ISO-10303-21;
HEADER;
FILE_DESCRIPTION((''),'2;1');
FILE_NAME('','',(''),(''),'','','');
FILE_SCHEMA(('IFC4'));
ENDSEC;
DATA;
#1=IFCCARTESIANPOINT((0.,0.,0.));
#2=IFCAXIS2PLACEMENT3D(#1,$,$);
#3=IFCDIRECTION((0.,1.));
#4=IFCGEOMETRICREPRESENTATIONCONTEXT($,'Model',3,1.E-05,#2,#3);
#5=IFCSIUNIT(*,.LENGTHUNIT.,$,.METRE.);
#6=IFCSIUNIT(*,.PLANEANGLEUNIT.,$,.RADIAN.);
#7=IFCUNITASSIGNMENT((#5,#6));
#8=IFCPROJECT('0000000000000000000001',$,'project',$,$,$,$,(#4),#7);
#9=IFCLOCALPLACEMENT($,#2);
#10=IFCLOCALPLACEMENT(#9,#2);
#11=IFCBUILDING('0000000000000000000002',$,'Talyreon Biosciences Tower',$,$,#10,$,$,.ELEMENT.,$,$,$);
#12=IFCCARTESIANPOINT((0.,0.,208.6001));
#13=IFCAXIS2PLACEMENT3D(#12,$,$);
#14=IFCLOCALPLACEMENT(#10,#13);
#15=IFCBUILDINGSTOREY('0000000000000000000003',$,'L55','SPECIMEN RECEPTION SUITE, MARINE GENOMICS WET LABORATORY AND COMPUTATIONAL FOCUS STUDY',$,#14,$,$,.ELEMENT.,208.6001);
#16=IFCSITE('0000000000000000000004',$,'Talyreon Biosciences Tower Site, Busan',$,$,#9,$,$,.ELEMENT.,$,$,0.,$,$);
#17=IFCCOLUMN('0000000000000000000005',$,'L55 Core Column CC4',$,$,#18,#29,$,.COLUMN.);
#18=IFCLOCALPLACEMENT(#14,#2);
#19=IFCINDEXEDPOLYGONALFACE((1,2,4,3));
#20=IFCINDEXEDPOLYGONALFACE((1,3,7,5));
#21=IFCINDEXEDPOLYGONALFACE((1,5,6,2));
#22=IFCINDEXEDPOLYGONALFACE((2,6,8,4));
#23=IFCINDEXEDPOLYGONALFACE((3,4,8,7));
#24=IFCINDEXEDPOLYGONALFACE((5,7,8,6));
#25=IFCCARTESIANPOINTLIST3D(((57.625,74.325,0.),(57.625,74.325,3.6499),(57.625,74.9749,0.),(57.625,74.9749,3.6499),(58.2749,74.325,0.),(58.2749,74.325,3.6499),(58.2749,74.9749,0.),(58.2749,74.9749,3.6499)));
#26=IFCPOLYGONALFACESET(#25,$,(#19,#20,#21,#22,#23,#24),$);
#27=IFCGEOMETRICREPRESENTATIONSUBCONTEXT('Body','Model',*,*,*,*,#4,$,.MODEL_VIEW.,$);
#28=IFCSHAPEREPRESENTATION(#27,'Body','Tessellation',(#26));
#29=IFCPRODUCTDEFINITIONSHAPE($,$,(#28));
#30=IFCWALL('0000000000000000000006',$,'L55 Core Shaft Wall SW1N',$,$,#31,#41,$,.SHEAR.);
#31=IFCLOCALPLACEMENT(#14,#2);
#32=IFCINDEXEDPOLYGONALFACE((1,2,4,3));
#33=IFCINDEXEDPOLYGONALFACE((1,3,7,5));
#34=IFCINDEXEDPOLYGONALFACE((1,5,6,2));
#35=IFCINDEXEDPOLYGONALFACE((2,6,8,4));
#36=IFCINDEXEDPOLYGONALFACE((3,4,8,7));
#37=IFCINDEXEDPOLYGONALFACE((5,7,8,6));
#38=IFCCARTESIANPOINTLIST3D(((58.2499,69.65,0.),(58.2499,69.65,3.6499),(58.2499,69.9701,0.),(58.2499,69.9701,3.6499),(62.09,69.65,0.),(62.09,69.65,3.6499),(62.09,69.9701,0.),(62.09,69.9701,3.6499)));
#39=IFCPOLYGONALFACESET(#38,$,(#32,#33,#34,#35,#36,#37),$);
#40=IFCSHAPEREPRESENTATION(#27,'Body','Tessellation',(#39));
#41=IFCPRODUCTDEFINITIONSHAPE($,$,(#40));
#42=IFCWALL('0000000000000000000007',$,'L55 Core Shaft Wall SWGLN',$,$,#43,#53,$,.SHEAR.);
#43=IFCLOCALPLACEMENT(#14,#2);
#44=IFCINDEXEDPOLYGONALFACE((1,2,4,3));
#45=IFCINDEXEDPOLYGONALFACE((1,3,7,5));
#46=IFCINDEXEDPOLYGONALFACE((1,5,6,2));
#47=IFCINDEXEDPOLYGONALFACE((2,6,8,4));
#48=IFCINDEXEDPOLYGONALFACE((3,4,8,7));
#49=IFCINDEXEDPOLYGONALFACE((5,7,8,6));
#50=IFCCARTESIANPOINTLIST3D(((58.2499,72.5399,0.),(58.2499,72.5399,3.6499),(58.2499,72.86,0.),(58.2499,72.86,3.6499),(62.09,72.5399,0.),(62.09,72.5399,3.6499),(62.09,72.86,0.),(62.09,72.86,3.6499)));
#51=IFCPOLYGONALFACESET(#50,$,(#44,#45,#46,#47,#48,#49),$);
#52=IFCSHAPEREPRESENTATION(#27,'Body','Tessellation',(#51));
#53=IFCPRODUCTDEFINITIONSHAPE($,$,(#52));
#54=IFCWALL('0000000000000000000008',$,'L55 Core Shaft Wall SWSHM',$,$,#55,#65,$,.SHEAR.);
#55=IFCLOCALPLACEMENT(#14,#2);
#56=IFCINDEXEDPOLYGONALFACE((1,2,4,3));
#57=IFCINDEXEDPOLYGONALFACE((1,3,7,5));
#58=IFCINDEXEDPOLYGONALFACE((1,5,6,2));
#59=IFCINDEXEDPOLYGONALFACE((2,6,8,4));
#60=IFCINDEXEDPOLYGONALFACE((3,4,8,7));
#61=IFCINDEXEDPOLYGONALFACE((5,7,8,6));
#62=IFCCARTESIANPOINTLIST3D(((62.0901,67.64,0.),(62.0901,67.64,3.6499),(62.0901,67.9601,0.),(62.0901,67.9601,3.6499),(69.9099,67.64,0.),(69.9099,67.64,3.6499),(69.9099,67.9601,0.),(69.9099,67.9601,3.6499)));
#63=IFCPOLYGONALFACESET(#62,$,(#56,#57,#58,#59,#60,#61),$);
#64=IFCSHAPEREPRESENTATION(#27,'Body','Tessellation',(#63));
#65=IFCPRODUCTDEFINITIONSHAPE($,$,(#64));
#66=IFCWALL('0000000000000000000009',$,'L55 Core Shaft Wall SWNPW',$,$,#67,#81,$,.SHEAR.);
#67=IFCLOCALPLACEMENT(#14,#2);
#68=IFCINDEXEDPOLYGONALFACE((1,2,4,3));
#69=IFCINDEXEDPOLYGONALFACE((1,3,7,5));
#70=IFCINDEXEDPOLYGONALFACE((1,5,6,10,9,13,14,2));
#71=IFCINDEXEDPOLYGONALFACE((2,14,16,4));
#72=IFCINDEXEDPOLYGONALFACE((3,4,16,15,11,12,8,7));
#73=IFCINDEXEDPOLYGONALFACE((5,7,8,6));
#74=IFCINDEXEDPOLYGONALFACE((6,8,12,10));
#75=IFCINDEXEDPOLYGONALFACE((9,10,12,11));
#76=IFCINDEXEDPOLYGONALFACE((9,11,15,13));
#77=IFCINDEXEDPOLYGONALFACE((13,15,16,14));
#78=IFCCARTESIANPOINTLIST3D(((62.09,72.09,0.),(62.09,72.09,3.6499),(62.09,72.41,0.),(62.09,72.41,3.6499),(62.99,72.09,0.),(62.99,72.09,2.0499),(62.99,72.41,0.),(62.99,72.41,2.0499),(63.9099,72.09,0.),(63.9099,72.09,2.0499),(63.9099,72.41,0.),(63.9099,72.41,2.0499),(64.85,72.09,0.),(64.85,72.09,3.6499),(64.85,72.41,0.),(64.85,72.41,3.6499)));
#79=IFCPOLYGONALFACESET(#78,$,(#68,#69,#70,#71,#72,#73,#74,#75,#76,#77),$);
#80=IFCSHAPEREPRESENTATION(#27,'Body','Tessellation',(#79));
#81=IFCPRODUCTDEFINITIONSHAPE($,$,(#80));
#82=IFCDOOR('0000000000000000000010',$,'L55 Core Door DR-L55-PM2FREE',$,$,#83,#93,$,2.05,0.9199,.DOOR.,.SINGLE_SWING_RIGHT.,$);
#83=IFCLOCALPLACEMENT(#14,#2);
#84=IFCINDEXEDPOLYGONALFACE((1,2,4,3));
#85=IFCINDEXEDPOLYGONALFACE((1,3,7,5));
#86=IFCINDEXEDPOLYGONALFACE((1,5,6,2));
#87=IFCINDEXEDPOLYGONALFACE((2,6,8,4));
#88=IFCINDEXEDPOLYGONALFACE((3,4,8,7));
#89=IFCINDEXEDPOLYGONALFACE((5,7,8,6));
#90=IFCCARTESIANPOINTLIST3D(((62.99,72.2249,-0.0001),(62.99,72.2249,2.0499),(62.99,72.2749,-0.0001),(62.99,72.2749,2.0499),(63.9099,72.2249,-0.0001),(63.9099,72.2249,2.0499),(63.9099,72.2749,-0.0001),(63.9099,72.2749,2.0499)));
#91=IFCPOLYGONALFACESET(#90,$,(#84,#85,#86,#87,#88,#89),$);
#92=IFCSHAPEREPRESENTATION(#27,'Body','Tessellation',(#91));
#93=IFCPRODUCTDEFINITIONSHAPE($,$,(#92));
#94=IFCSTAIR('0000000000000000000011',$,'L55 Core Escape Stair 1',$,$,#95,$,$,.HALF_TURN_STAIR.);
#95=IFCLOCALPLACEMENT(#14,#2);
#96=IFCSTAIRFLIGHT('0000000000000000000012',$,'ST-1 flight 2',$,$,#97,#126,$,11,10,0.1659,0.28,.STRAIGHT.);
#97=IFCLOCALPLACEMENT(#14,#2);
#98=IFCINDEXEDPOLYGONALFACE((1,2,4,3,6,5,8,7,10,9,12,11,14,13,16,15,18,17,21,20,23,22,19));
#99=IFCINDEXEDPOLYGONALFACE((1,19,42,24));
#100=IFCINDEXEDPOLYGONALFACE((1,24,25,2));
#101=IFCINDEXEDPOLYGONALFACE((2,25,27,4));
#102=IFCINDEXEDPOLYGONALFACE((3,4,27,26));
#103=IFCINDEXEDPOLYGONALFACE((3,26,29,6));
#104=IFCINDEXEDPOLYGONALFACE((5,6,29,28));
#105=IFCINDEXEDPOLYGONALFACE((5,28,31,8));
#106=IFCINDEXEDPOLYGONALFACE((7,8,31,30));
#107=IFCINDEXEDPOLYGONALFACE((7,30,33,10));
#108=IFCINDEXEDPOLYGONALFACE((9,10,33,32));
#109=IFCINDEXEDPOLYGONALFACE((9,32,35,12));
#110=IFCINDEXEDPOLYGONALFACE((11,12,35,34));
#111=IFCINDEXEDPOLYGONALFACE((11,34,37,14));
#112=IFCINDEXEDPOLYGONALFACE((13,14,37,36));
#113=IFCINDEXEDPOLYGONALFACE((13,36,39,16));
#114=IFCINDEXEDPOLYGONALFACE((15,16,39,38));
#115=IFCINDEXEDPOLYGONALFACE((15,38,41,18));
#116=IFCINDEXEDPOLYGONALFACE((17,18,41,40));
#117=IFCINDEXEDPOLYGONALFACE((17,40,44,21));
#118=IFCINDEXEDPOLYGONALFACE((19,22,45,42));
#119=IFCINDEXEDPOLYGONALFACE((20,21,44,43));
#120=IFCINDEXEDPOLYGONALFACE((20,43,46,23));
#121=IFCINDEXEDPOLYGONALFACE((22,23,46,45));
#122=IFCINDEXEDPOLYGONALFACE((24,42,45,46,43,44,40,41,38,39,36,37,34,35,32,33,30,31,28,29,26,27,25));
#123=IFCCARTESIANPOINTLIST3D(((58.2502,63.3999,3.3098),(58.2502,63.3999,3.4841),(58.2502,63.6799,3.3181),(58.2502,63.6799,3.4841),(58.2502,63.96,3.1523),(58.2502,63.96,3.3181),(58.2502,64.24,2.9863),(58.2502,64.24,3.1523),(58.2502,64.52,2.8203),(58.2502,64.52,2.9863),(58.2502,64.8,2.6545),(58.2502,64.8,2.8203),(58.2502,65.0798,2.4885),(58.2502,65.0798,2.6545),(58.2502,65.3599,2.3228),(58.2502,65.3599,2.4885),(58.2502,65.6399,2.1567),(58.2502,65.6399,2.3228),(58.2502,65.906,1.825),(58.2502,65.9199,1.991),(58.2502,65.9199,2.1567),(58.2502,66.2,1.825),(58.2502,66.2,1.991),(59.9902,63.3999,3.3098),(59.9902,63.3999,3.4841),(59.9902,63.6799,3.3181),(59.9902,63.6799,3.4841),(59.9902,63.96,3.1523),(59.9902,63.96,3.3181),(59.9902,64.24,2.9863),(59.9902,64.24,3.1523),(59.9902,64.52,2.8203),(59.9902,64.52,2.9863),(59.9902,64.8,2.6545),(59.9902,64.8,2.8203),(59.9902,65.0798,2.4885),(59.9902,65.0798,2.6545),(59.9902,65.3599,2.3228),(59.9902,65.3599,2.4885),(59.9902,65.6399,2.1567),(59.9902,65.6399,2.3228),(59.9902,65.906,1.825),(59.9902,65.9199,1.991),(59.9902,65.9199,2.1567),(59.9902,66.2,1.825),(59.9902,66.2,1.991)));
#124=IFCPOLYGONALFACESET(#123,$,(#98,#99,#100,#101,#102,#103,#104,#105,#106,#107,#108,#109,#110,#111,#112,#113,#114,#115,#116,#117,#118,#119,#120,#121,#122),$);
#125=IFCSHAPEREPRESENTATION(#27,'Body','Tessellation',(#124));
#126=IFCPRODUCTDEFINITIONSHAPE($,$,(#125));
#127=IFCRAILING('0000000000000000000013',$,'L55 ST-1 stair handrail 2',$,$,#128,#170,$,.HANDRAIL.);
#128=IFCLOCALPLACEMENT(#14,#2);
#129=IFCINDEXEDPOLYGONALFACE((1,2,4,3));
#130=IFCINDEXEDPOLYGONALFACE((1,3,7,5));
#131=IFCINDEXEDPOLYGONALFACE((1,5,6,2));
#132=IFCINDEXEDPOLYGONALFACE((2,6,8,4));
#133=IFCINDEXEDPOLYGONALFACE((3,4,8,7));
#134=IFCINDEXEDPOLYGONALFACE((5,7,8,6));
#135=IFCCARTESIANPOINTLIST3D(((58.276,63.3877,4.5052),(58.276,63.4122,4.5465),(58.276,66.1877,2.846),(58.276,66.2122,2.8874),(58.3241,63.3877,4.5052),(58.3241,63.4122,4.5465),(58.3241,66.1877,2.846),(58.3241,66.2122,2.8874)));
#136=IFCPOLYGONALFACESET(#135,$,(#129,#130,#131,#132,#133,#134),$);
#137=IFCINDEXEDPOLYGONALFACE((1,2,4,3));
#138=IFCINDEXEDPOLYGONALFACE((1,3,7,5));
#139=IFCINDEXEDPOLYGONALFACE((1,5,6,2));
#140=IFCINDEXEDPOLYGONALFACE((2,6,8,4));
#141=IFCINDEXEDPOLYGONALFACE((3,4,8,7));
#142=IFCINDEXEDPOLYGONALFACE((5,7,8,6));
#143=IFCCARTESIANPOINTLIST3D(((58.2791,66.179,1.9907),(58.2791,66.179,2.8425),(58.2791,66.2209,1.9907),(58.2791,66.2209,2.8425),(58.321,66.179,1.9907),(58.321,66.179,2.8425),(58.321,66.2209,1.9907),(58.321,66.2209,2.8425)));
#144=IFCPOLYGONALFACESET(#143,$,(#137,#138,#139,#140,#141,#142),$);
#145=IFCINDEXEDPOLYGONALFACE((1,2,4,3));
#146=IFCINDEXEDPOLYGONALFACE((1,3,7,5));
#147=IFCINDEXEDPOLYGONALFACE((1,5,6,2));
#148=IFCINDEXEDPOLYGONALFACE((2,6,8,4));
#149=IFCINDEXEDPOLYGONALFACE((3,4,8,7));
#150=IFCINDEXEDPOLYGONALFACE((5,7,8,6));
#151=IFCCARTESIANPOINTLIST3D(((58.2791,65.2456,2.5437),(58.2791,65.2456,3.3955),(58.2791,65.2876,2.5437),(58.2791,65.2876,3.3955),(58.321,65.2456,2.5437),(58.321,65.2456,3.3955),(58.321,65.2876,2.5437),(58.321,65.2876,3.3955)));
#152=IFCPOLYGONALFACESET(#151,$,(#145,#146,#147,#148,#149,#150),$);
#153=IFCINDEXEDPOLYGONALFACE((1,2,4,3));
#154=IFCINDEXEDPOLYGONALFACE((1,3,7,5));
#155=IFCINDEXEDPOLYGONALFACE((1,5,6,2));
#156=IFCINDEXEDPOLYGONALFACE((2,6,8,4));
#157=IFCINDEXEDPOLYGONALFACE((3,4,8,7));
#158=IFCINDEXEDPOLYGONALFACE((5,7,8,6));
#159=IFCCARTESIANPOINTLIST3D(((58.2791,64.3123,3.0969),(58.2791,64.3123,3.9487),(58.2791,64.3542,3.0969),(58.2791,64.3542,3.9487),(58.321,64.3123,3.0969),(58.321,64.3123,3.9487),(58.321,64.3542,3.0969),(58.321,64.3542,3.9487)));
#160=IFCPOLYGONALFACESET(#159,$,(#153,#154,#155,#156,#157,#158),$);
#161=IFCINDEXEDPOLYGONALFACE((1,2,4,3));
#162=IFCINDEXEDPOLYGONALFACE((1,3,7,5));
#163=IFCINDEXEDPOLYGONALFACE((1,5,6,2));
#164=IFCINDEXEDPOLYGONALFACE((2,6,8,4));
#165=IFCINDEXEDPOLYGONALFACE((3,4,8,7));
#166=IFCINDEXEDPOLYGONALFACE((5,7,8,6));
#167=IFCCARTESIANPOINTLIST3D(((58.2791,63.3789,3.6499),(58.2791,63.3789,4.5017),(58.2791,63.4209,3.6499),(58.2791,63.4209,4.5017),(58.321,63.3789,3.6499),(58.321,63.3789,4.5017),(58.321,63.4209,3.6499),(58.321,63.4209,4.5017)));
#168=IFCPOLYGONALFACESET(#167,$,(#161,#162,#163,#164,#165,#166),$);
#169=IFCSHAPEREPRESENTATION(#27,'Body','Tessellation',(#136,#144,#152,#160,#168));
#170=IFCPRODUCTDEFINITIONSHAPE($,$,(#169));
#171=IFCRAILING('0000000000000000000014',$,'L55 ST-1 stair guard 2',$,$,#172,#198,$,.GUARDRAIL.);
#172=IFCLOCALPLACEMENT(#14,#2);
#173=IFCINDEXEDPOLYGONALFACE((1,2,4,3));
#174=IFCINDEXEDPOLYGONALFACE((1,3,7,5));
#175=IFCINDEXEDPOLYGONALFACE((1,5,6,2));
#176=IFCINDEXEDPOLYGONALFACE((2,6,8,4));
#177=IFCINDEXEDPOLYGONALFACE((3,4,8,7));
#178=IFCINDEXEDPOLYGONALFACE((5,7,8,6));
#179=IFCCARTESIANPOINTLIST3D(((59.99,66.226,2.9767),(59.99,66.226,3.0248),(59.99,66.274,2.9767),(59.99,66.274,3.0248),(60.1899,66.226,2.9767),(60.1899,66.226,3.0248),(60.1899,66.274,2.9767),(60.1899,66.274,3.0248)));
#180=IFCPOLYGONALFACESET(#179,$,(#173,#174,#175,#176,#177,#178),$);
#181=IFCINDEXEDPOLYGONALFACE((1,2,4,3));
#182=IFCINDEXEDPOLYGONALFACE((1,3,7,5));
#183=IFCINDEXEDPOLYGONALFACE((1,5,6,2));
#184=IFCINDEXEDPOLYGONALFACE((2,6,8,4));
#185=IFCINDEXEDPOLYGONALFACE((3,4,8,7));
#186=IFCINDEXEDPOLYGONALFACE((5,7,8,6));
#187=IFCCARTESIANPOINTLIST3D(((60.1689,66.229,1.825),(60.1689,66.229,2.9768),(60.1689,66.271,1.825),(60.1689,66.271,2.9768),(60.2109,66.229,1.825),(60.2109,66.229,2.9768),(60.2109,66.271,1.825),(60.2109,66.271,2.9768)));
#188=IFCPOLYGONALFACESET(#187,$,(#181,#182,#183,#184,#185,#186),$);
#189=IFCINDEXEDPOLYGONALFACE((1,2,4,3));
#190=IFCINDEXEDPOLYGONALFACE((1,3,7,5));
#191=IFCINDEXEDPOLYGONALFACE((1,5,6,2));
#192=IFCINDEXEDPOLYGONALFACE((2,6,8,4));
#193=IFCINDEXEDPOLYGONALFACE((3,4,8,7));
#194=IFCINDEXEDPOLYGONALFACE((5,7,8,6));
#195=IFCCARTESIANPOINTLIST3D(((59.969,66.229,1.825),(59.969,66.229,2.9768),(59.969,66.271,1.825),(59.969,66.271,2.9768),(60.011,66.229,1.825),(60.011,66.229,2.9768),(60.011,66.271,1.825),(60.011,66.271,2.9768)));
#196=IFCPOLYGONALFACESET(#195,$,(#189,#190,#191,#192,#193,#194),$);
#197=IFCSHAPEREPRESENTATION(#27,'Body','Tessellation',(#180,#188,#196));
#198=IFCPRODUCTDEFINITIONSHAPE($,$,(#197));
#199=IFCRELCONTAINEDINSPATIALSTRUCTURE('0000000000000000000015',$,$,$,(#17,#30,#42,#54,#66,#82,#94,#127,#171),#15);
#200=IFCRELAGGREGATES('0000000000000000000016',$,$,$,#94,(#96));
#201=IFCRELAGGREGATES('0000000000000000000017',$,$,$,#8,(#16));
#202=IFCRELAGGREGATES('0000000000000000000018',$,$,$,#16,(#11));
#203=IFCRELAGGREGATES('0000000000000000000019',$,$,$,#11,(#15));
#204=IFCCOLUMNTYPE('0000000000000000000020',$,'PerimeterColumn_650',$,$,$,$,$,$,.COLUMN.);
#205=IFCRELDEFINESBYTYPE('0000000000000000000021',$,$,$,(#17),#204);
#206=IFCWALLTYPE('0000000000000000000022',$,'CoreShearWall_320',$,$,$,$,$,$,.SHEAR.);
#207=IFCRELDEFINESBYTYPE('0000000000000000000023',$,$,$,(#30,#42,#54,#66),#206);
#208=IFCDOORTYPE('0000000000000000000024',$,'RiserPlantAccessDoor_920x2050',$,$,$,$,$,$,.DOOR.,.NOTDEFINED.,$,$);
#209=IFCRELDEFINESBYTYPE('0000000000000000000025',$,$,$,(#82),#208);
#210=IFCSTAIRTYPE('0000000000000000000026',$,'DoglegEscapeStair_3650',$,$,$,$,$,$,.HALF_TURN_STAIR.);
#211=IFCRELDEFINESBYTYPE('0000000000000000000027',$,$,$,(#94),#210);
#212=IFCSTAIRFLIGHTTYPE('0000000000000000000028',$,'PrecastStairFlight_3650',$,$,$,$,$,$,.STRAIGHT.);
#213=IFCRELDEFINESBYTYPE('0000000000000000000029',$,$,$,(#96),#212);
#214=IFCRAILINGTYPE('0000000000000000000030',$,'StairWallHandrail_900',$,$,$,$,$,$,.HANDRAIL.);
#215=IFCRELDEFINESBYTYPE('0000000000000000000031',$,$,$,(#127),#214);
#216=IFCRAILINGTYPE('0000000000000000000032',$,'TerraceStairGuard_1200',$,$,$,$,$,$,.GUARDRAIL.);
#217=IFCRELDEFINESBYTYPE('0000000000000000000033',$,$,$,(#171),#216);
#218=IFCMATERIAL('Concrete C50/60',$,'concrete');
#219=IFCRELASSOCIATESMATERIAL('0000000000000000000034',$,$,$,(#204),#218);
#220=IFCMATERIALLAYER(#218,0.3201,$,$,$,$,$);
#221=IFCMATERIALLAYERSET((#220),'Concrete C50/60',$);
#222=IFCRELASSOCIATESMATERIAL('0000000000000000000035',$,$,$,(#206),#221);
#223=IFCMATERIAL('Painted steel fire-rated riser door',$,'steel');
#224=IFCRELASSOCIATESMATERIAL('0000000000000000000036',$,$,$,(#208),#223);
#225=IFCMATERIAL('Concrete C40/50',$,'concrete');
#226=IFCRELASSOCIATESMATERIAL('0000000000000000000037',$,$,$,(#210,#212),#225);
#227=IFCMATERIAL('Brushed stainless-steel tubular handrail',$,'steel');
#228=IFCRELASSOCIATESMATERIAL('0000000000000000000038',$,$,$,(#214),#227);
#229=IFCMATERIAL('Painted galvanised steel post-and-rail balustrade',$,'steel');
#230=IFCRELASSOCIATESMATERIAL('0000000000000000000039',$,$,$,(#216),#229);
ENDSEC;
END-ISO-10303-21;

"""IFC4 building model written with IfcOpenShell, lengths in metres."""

from ifc_helpers import new_model, si_unit, direction, frame, frame_2d, origin, origin_2d, place, context, subcontext, project, spatial, polyline, rectangle, outline, extrude, material, layer, layer_set, material_profile, profile_set, type_object, element, fill, aggregate, save


model = new_model("IFC4")

# Units and contexts
model_context = context("Model", 3, precision=1e-05, world=origin(), true_north=direction((0.0, 1.0)))
body_context = subcontext(model_context, "Body", "Model", "MODEL_VIEW")
ifc_project = project(units=[si_unit("LENGTHUNIT", "METRE"), si_unit("PLANEANGLEUNIT", "RADIAN")], contexts=[model_context])

# Site, building, storey
site_placement = place(None, origin())
site = spatial("IfcSite", under=ifc_project, at=site_placement, Name="Talyreon Biosciences Tower Site, Busan", CompositionType="ELEMENT", RefElevation=0.0)
building_placement = place(site_placement, origin())
building = spatial("IfcBuilding", under=site, at=building_placement, Name="Talyreon Biosciences Tower", CompositionType="ELEMENT")
storey_placement = place(building_placement, frame((0.0, 0.0, 208.6001)))
storey = spatial("IfcBuildingStorey", under=building, at=storey_placement, Name="L55", Description="SPECIMEN RECEPTION SUITE, MARINE GENOMICS WET LABORATORY AND COMPUTATIONAL FOCUS STUDY", CompositionType="ELEMENT", Elevation=208.6001)

# Column
ifc_material_1 = material(Name="Concrete C50/60", Category="concrete")
ifc_material_profile = material_profile(ifc_material_1, rectangle(XDim=0.6499, YDim=0.6499, at=origin_2d()), Name="RC 650x650")
ifc_profile_set = profile_set([ifc_material_profile], Name="Concrete C50/60")
column_type = type_object("IfcColumnType", Name="PerimeterColumn_650", PredefinedType="COLUMN", material=ifc_profile_set)
column_placement = place(storey_placement, frame((57.95, 74.6499, 0.0), z_axis=(0.0, 0.0, 1.0), x_axis=(1.0, 0.0, 0.0)))
element("IfcColumn", 1, at=column_placement, inside=storey, type_object=column_type, Name="L55 Core Column CC4", PredefinedType="COLUMN", context=body_context, shape_type="SweptSolid", body=[
    extrude(rectangle(XDim=0.6499, YDim=0.6499, at=origin_2d()), origin(), (0.0, 0.0, 1.0), 3.6499),
])

# Walls
ifc_layer = layer(ifc_material_1, 0.3201)
ifc_layer_set = layer_set([ifc_layer], Name="Concrete C50/60")
wall_type = type_object("IfcWallType", Name="CoreShearWall_320", PredefinedType="SHEAR", material=ifc_layer_set)
for number, where, z_axis, x_axis, name in (
    (2, (58.25, 69.8101, 0.0), (0.0, 0.0, 1.0), (1.0, 0.0, 0.0), "L55 Core Shaft Wall SW1N"),
    (3, (58.25, 72.7, 0.0), (0.0, 0.0, 1.0), (1.0, 0.0, 0.0), "L55 Core Shaft Wall SWGLN"),
):
    element("IfcWall", number, at=place(storey_placement, frame(where, z_axis=z_axis, x_axis=x_axis)), inside=storey, type_object=wall_type, Name=name, PredefinedType="SHEAR", context=body_context, shape_type="SweptSolid", body=[
        extrude(rectangle(XDim=3.8401, YDim=0.3201, at=frame_2d((1.9199, 0.0))), origin(), (0.0, 0.0, 1.0), 3.6499),
    ])
wall_1_placement = place(storey_placement, frame((62.0901, 67.8, 0.0), z_axis=(0.0, 0.0, 1.0), x_axis=(1.0, 0.0, 0.0)))
element("IfcWall", 4, at=wall_1_placement, inside=storey, type_object=wall_type, Name="L55 Core Shaft Wall SWSHM", PredefinedType="SHEAR", context=body_context, shape_type="SweptSolid", body=[
    extrude(rectangle(XDim=7.8198, YDim=0.3201, at=frame_2d((3.9099, 0.0))), origin(), (0.0, 0.0, 1.0), 3.6499),
])

# Wall, opening, door
wall_2_placement = place(storey_placement, frame((62.0901, 72.25, 0.0), z_axis=(0.0, 0.0, 1.0), x_axis=(1.0, 0.0, 0.0)))
wall_2 = element("IfcWall", 5, at=wall_2_placement, inside=storey, type_object=wall_type, Name="L55 Core Shaft Wall SWNPW", PredefinedType="SHEAR", context=body_context, shape_type="SweptSolid", body=[
    extrude(rectangle(XDim=2.76, YDim=0.3201, at=frame_2d((1.3799, 0.0))), origin(), (0.0, 0.0, 1.0), 3.6499),
])
opening_1_placement = place(wall_2_placement, frame((0.8999, 0.0, 0.0)))
opening_1 = element("IfcOpeningElement", 6, at=opening_1_placement, cuts=wall_2, PredefinedType="OPENING", context=body_context, shape_type="SweptSolid", body=[
    extrude(rectangle(XDim=0.9199, YDim=2.05, at=frame_2d((0.46, 1.0249))), frame((0.0, 0.1699, 0.0), z_axis=(0.0, -1.0, 0.0), x_axis=(1.0, 0.0, 0.0)), (0.0, 0.0, 1.0), 0.3401),
])
ifc_material_2 = material(Name="Painted steel fire-rated riser door", Category="steel")
door_type_1 = type_object("IfcDoorType", Name="RiserPlantAccessDoor_920x2050", OperationType="NOTDEFINED", PredefinedType="DOOR", material=ifc_material_2)
door_1_placement = place(opening_1_placement, origin())
door_1 = element("IfcDoor", 7, at=door_1_placement, inside=storey, type_object=door_type_1, Name="L55 Core Door DR-L55-PM2FREE", OperationType="SINGLE_SWING_RIGHT", OverallHeight=2.05, OverallWidth=0.9199, PredefinedType="DOOR", context=body_context, shape_type="SweptSolid", body=[
    extrude(rectangle(XDim=0.9199, YDim=2.05, at=frame_2d((0.46, 1.0249))), frame((0.0, 0.0249, 0.0), z_axis=(0.0, -1.0, 0.0), x_axis=(1.0, 0.0, 0.0)), (0.0, 0.0, 1.0), 0.05),
])
fill(opening_1, door_1)

# Stair, stair flight
ifc_material_3 = material(Name="Concrete C40/50", Category="concrete")
stair_type = type_object("IfcStairType", Name="DoglegEscapeStair_3650", PredefinedType="HALF_TURN_STAIR", material=ifc_material_3)
stair_placement = place(storey_placement, origin())
stair = element("IfcStair", 8, at=stair_placement, inside=storey, type_object=stair_type, Name="L55 Core Escape Stair 1", PredefinedType="HALF_TURN_STAIR")
stair_flight_type = type_object("IfcStairFlightType", Name="PrecastStairFlight_3650", PredefinedType="STRAIGHT", material=ifc_material_3)
stair_flight_placement = place(storey_placement, frame((59.1201, 66.2, 1.825), z_axis=(0.0, 0.0, 1.0), x_axis=(0.0, -1.0, 0.0)))
stair_flight = element("IfcStairFlight", 9, at=stair_flight_placement, type_object=stair_flight_type, Name="ST-1 flight 2", NumberOfRisers=11, NumberOfTreads=10, PredefinedType="STRAIGHT", RiserHeight=0.1659, TreadLength=0.28, context=body_context, shape_type="SweptSolid", body=[
    extrude(outline(polyline([(0.0, 0.0), (0.0, 0.166), (0.28, 0.166), (0.28, 0.3318), (0.5601, 0.3318), (0.5601, 0.4978), (0.8401, 0.4978), (0.8401, 0.6636), (1.1201, 0.6636), (1.1201, 0.8296), (1.3999, 0.8296), (1.3999, 0.9954), (1.6799, 0.9954), (1.6799, 1.1614), (1.96, 1.1614), (1.96, 1.3274), (2.24, 1.3274), (2.24, 1.4932), (2.52, 1.4932), (2.52, 1.6592), (2.8, 1.6592), (2.8, 1.825), (2.8, 1.4849), (0.2939, 0.0), (0.0, 0.0)])), frame((0.0, 0.8701, 0.0), z_axis=(0.0, -1.0, 0.0), x_axis=(1.0, 0.0, 0.0)), (0.0, 0.0, 1.0), 1.74),
])
aggregate(stair, [stair_flight])

# Railings
ifc_material_4 = material(Name="Brushed stainless-steel tubular handrail", Category="steel")
railing_type_1 = type_object("IfcRailingType", Name="StairWallHandrail_900", PredefinedType="HANDRAIL", material=ifc_material_4)
railing_1_placement = place(storey_placement, frame((58.3, 66.2, 1.9907)))
element("IfcRailing", 10, at=railing_1_placement, inside=storey, type_object=railing_type_1, Name="L55 ST-1 stair handrail 2", PredefinedType="HANDRAIL", context=body_context, shape_type="SweptSolid", body=[
    extrude(rectangle(XDim=0.0481, YDim=0.0481, at=origin_2d()), frame((0.0, 0.0, 0.876), z_axis=(0.0, -0.860306, 0.509778), x_axis=(1.0, 0.0, 0.0)), (0.0, 0.0, 1.0), 3.2546),
    extrude(rectangle(XDim=0.042, YDim=0.042, at=origin_2d()), origin(), (0.0, 0.0, 1.0), 0.8518),
    extrude(rectangle(XDim=0.042, YDim=0.042, at=origin_2d()), frame((0.0, -0.9333, 0.553)), (0.0, 0.0, 1.0), 0.8518),
    extrude(rectangle(XDim=0.042, YDim=0.042, at=origin_2d()), frame((0.0, -1.8667, 1.1062)), (0.0, 0.0, 1.0), 0.8518),
    extrude(rectangle(XDim=0.042, YDim=0.042, at=origin_2d()), frame((0.0, -2.8, 1.6592)), (0.0, 0.0, 1.0), 0.8518),
])
ifc_material_5 = material(Name="Painted galvanised steel post-and-rail balustrade", Category="steel")
railing_type_2 = type_object("IfcRailingType", Name="TerraceStairGuard_1200", PredefinedType="GUARDRAIL", material=ifc_material_5)
railing_2_placement = place(storey_placement, frame((60.1899, 66.25, 1.825)))
element("IfcRailing", 11, at=railing_2_placement, inside=storey, type_object=railing_type_2, Name="L55 ST-1 stair guard 2", PredefinedType="GUARDRAIL", context=body_context, shape_type="SweptSolid", body=[
    extrude(rectangle(XDim=0.0481, YDim=0.0481, at=origin_2d()), frame((0.0, 0.0, 1.1758), z_axis=(-1.0, 0.0, 0.0), x_axis=(0.0, -1.0, 0.0)), (0.0, 0.0, 1.0), 0.2),
    extrude(rectangle(XDim=0.042, YDim=0.042, at=origin_2d()), origin(), (0.0, 0.0, 1.0), 1.1519),
    extrude(rectangle(XDim=0.042, YDim=0.042, at=origin_2d()), frame((-0.2, 0.0, 0.0)), (0.0, 0.0, 1.0), 1.1519),
])

save(model, "model.ifc")
